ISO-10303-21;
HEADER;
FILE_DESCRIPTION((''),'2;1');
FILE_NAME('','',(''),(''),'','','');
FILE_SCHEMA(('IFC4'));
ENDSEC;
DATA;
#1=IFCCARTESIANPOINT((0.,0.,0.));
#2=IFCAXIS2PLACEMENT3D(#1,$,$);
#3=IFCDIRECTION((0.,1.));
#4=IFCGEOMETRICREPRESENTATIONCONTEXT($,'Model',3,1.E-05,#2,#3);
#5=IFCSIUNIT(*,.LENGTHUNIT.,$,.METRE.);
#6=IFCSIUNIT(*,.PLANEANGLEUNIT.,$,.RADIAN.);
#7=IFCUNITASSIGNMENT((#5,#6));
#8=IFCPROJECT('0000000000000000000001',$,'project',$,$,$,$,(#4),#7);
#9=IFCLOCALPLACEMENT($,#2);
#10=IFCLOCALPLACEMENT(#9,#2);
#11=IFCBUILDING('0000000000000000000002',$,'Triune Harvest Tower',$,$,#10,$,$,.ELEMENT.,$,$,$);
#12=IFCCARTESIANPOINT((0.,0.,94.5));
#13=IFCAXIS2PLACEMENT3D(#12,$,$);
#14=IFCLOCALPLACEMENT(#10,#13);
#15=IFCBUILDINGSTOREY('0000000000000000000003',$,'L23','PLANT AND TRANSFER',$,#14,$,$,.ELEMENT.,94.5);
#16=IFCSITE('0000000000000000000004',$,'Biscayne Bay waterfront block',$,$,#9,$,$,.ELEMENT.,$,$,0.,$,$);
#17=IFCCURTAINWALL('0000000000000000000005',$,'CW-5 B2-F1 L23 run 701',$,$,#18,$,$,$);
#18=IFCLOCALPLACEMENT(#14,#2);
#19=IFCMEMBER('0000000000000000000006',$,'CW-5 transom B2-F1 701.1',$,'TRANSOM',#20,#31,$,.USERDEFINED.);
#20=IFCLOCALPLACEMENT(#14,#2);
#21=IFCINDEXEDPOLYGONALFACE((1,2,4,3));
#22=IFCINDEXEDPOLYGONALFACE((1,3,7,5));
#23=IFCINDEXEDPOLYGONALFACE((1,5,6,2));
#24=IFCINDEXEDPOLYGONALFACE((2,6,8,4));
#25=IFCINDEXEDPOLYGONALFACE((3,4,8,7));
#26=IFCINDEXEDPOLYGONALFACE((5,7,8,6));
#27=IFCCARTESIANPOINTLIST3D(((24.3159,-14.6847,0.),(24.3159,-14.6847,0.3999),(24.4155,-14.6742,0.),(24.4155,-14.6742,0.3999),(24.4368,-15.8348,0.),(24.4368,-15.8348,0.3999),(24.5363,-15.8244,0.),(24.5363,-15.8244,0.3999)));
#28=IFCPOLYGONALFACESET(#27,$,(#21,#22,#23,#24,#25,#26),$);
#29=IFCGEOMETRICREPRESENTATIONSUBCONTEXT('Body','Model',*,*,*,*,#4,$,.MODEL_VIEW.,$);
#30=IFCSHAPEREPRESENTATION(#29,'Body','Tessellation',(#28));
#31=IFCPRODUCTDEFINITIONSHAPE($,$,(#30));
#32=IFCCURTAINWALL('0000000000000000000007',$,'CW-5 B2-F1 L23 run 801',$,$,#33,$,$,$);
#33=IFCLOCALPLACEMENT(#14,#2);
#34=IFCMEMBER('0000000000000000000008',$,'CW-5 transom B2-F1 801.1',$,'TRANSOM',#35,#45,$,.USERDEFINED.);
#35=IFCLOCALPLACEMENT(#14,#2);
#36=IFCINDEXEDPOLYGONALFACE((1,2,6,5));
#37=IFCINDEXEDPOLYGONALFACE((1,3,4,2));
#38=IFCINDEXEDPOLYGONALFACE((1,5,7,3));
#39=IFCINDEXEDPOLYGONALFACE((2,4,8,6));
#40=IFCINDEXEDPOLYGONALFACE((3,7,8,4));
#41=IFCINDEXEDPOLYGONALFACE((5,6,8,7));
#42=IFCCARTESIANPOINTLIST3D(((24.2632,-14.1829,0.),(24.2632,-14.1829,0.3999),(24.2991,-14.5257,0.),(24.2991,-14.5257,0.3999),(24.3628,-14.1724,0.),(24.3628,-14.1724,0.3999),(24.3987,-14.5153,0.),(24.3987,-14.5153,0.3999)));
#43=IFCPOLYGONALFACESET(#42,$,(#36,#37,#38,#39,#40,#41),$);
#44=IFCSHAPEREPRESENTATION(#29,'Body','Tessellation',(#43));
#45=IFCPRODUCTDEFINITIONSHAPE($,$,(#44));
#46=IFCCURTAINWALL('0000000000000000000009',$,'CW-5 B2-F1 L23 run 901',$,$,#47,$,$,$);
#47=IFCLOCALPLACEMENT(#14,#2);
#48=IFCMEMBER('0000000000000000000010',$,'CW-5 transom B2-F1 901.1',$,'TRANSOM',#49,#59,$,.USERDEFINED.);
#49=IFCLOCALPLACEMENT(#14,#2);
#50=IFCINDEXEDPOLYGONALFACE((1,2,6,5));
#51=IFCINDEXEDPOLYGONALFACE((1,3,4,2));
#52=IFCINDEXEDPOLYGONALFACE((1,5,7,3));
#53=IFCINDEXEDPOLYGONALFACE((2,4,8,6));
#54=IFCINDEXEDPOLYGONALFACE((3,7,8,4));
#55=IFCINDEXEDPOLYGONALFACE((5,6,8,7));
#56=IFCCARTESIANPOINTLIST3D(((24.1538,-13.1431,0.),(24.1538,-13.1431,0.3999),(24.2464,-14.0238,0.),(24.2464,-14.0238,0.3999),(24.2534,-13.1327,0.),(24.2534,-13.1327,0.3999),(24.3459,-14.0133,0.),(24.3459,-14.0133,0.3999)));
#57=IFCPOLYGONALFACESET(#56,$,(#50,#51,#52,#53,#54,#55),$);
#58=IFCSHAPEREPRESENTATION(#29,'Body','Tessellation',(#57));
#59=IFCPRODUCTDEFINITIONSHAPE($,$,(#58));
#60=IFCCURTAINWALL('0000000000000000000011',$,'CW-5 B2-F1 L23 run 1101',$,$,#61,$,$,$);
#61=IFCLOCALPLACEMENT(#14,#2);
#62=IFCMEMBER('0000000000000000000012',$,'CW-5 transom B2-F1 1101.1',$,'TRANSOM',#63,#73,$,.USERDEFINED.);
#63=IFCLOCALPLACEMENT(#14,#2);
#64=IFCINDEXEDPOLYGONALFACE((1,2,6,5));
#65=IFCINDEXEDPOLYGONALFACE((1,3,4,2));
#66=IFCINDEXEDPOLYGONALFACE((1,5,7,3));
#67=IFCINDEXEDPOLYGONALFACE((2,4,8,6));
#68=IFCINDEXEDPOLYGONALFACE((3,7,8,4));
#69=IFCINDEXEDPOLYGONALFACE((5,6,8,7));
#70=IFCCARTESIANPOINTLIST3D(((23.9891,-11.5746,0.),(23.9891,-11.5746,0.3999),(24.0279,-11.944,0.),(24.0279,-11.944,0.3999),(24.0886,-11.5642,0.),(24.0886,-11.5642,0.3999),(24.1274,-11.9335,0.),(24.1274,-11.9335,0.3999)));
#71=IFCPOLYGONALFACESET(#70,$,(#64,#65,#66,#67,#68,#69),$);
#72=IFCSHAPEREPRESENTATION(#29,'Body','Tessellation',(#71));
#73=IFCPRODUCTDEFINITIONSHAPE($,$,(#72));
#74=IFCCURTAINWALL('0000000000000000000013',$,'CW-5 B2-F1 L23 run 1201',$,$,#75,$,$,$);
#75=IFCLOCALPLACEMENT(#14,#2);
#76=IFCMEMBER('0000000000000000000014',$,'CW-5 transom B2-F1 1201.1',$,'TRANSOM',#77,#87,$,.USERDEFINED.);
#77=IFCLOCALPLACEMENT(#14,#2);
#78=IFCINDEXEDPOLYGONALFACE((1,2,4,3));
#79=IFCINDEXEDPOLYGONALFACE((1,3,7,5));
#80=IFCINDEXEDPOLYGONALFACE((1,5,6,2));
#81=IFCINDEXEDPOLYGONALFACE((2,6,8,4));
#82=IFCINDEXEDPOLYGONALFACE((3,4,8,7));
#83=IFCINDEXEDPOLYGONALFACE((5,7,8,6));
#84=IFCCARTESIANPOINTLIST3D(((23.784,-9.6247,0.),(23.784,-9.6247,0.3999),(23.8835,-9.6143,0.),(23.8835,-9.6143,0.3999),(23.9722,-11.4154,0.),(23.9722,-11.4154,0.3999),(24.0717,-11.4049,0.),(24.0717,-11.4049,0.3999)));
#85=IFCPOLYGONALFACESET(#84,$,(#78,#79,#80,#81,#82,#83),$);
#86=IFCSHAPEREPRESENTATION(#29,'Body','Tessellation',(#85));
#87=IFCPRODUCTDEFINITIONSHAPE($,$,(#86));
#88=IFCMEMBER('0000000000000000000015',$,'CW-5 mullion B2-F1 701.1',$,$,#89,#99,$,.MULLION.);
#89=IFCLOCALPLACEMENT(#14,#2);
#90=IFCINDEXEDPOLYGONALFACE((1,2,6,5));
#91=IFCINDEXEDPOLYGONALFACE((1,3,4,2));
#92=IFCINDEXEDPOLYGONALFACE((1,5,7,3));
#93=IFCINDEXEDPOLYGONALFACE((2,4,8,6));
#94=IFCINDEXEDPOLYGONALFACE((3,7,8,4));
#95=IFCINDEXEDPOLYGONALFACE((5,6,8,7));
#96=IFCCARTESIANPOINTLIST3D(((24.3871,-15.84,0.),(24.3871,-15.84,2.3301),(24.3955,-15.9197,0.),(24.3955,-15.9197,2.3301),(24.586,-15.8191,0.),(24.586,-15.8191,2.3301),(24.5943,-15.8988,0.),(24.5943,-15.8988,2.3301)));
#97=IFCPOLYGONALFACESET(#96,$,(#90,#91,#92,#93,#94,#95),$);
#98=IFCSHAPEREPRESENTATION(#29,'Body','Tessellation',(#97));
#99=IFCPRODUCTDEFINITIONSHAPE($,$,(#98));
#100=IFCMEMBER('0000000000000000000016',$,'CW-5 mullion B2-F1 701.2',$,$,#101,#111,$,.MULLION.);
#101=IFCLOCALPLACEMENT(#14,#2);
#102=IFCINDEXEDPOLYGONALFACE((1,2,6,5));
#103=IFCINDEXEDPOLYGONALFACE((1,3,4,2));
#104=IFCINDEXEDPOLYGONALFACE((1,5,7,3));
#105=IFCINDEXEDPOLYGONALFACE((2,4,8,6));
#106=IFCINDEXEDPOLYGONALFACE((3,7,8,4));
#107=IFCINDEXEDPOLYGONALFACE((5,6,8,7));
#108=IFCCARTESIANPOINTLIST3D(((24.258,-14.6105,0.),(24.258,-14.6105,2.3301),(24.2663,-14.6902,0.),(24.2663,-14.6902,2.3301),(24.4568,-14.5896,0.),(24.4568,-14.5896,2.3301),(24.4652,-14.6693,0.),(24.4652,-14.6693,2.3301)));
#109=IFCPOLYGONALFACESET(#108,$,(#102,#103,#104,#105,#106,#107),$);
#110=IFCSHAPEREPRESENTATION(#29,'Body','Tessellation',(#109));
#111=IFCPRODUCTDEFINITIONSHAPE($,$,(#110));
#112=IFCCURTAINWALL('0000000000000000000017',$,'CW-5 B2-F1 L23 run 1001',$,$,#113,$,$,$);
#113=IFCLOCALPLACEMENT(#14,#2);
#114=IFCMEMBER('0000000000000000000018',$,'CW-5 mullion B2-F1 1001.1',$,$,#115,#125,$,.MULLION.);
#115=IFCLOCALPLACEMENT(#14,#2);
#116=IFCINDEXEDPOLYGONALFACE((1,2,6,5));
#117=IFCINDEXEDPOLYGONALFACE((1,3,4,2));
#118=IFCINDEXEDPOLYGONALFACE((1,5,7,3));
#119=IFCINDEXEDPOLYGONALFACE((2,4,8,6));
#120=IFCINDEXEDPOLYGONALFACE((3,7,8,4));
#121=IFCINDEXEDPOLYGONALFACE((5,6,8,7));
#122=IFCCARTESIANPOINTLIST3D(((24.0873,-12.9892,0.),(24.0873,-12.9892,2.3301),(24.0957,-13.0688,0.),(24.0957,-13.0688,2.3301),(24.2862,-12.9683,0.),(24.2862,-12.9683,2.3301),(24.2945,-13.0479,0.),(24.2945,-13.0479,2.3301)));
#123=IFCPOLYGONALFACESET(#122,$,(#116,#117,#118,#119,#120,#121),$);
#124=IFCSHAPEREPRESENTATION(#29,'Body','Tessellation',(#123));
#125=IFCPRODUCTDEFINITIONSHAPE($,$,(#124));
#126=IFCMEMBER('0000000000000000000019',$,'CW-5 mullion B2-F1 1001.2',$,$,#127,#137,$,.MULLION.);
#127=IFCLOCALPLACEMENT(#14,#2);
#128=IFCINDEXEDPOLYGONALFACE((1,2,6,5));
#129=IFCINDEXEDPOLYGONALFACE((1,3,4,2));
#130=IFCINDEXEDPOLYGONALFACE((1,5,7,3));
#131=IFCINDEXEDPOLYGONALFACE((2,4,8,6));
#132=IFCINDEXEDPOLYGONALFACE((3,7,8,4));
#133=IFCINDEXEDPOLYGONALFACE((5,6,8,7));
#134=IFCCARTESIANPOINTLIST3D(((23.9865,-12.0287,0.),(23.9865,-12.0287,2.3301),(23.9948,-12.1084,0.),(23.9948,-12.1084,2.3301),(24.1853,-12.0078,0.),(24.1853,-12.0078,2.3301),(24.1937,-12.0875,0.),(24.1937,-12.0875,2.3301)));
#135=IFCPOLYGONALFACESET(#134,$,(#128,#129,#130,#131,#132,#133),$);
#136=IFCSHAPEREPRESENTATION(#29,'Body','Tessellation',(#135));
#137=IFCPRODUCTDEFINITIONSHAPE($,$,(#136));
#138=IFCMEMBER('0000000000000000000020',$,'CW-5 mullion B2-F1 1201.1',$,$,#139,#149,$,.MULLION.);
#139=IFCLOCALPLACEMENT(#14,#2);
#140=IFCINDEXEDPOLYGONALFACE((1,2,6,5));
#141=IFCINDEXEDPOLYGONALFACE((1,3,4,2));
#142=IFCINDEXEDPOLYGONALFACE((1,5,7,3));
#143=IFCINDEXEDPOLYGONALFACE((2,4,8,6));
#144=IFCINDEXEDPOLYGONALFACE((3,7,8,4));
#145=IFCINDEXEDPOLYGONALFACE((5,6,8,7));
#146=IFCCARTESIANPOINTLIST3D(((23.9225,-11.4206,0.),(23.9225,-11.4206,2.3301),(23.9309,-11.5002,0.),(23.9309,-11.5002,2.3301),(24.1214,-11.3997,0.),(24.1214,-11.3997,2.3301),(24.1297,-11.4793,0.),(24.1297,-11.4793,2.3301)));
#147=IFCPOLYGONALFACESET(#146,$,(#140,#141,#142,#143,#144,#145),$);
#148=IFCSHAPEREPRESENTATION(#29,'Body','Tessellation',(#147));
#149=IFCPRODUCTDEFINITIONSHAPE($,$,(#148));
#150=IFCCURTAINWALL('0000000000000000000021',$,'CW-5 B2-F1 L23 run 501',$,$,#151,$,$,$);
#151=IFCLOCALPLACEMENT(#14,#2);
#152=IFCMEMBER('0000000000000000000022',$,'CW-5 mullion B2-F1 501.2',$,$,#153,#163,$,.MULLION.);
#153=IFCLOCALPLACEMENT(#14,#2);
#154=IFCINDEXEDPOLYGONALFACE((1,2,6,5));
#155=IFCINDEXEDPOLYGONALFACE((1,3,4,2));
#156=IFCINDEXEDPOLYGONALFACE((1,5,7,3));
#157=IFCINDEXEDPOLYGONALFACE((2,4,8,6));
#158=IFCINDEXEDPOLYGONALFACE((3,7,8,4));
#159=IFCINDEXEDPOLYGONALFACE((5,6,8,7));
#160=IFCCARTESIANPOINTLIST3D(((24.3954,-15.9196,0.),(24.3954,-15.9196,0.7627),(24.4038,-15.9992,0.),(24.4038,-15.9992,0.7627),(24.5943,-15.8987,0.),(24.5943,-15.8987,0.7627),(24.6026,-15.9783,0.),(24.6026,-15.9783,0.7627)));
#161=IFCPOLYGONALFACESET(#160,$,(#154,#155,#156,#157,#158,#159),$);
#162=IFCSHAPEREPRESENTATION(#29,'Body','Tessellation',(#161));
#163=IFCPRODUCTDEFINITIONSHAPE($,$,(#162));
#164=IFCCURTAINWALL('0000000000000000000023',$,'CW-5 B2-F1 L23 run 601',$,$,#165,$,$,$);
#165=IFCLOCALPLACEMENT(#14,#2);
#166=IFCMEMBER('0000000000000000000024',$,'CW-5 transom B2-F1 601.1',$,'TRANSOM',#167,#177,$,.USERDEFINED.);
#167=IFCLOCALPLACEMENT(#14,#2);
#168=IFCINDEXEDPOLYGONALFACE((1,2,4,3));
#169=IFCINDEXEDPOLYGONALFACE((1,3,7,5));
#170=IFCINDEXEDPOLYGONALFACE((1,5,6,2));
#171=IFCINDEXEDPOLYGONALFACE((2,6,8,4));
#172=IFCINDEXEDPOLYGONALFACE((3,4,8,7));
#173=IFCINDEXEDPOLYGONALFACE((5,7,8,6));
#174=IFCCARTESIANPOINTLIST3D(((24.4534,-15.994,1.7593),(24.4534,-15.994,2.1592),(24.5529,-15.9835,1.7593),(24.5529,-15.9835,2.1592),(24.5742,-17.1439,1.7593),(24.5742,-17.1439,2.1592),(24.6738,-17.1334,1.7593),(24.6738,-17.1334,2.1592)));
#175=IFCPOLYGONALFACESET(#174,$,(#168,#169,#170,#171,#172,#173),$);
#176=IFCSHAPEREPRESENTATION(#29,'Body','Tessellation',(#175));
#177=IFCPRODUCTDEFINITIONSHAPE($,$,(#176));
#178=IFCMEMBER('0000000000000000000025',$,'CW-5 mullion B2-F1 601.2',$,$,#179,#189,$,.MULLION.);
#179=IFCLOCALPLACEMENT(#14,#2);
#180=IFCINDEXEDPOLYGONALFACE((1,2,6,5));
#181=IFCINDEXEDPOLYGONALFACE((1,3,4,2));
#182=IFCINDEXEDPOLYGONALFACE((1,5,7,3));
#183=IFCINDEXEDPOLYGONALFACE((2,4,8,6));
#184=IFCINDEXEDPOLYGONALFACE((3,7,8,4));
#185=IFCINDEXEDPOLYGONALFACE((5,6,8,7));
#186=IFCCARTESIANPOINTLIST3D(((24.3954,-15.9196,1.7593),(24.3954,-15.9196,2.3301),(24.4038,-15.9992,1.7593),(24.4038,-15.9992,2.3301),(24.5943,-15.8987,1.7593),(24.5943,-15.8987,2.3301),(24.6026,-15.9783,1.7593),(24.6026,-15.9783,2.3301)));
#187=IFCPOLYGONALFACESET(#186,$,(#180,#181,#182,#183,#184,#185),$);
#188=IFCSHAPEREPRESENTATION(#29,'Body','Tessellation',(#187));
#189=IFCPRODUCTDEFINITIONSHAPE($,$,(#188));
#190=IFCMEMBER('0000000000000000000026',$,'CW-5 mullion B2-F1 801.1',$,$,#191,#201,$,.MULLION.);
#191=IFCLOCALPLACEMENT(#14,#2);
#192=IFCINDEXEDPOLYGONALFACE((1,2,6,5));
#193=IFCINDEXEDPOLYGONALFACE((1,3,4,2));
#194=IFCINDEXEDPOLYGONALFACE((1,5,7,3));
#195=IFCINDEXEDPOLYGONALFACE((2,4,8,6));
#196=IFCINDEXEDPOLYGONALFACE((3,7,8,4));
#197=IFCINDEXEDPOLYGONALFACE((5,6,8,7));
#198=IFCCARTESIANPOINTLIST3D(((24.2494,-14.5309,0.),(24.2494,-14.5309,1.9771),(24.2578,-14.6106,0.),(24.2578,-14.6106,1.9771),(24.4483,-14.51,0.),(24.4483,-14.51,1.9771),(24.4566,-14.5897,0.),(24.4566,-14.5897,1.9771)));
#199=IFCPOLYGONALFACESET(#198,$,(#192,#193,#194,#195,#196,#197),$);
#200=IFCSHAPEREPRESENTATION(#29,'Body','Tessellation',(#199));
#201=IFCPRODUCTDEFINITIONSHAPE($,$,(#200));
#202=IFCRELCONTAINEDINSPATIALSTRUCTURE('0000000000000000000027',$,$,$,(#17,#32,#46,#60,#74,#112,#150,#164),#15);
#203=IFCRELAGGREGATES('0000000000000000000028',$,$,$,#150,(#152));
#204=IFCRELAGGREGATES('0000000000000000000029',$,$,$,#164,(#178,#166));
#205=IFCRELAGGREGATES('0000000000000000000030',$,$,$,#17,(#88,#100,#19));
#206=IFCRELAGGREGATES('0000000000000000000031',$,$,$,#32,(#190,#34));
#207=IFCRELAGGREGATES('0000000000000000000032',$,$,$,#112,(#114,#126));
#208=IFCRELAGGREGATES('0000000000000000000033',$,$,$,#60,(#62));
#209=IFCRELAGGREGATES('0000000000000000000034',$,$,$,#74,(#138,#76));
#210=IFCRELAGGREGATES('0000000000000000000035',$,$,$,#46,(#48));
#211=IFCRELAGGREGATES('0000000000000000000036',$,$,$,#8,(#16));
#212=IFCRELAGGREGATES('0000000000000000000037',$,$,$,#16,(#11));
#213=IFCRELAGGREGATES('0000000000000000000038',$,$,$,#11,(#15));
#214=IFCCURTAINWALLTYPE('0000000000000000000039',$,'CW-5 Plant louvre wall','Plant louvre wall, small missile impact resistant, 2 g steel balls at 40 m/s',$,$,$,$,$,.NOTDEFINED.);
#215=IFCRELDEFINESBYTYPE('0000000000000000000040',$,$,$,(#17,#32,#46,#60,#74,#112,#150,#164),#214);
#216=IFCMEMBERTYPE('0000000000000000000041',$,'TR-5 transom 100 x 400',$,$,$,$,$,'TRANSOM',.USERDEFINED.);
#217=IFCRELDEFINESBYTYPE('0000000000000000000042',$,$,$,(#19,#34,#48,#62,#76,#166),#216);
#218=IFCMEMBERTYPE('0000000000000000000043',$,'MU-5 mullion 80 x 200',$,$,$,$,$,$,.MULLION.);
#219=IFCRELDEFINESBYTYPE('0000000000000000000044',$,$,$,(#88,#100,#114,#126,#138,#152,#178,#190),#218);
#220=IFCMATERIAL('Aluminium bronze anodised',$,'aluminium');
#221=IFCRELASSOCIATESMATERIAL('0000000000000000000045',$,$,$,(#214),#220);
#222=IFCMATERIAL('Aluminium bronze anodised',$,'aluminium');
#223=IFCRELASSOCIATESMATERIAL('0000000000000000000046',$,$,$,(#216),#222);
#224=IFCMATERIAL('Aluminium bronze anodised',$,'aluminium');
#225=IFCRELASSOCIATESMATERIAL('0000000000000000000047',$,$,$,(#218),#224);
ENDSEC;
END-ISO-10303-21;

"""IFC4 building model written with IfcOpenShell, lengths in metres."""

from ifc_helpers import new_model, si_unit, direction, frame, origin, origin_2d, place, context, subcontext, project, spatial, rectangle, extrude, source, transform, mapped, material, material_profile, profile_set, type_object, element, aggregate, save


model = new_model("IFC4")

# Units and contexts
model_context = context("Model", 3, precision=1e-05, world=origin(), true_north=direction((0.0, 1.0)))
body_context = subcontext(model_context, "Body", "Model", "MODEL_VIEW")
ifc_project = project(units=[si_unit("LENGTHUNIT", "METRE"), si_unit("PLANEANGLEUNIT", "RADIAN")], contexts=[model_context])

# Site, building, storey
site_placement = place(None, origin())
site = spatial("IfcSite", under=ifc_project, at=site_placement, Name="Biscayne Bay waterfront block", CompositionType="ELEMENT", RefElevation=0.0)
building_placement = place(site_placement, origin())
building = spatial("IfcBuilding", under=site, at=building_placement, Name="Triune Harvest Tower", CompositionType="ELEMENT")
storey_placement = place(building_placement, frame((0.0, 0.0, 94.5)))
storey = spatial("IfcBuildingStorey", under=building, at=storey_placement, Name="L23", Description="PLANT AND TRANSFER", CompositionType="ELEMENT", Elevation=94.5)

# Curtain walls, members
ifc_material_1 = material(Name="Aluminium bronze anodised", Category="aluminium")
curtain_wall_type = type_object("IfcCurtainWallType", Name="CW-5 Plant louvre wall", Description="Plant louvre wall, small missile impact resistant, 2 g steel balls at 40 m/s", PredefinedType="NOTDEFINED", material=ifc_material_1)
curtain_wall_1_placement = place(storey_placement, origin())
curtain_wall_1 = element("IfcCurtainWall", 1, at=curtain_wall_1_placement, inside=storey, type_object=curtain_wall_type, Name="CW-5 B2-F1 L23 run 701")
ifc_material_2 = material(Name="Aluminium bronze anodised", Category="aluminium")
ifc_material_profile_1 = material_profile(ifc_material_2, rectangle(XDim=0.1001, YDim=0.3999, at=origin_2d()), Name="TR-5 transom 100 x 400")
ifc_profile_set_1 = profile_set([ifc_material_profile_1], Name="Aluminium bronze anodised")
member_type_1 = type_object("IfcMemberType", Name="TR-5 transom 100 x 400", ElementType="TRANSOM", PredefinedType="USERDEFINED", material=ifc_profile_set_1)
member_1_placement = place(storey_placement, frame((24.4866, -15.8296, 0.2), z_axis=(-0.104498, 0.994525, 0.0), x_axis=(-0.994525, -0.104498, 0.0)))
member_1 = element("IfcMember", 2, at=member_1_placement, type_object=member_type_1, Name="CW-5 transom B2-F1 701.1", ObjectType="TRANSOM", PredefinedType="USERDEFINED", context=body_context, shape_type="SweptSolid", body=[
    extrude(rectangle(XDim=0.1001, YDim=0.3999, at=origin_2d()), origin(), (0.0, 0.0, 1.0), 1.1565),
])
curtain_wall_2_placement = place(storey_placement, origin())
curtain_wall_2 = element("IfcCurtainWall", 3, at=curtain_wall_2_placement, inside=storey, type_object=curtain_wall_type, Name="CW-5 B2-F1 L23 run 801")
member_2_placement = place(storey_placement, frame((24.3489, -14.5205, 0.2), z_axis=(-0.104132, 0.994564, 0.0), x_axis=(-0.994564, -0.104132, 0.0)))
member_2 = element("IfcMember", 4, at=member_2_placement, type_object=member_type_1, Name="CW-5 transom B2-F1 801.1", ObjectType="TRANSOM", PredefinedType="USERDEFINED", context=body_context, shape_type="SweptSolid", body=[
    extrude(rectangle(XDim=0.1001, YDim=0.3999, at=origin_2d()), origin(), (0.0, 0.0, 1.0), 0.3447),
])
curtain_wall_3_placement = place(storey_placement, origin())
curtain_wall_3 = element("IfcCurtainWall", 5, at=curtain_wall_3_placement, inside=storey, type_object=curtain_wall_type, Name="CW-5 B2-F1 L23 run 901")
member_3_placement = place(storey_placement, frame((24.2961, -14.0186, 0.2), z_axis=(-0.104498, 0.994525, 0.0), x_axis=(-0.994525, -0.104498, 0.0)))
member_3 = element("IfcMember", 6, at=member_3_placement, type_object=member_type_1, Name="CW-5 transom B2-F1 901.1", ObjectType="TRANSOM", PredefinedType="USERDEFINED", context=body_context, shape_type="SweptSolid", body=[
    extrude(rectangle(XDim=0.1001, YDim=0.3999, at=origin_2d()), origin(), (0.0, 0.0, 1.0), 0.8855),
])
curtain_wall_4_placement = place(storey_placement, origin())
curtain_wall_4 = element("IfcCurtainWall", 7, at=curtain_wall_4_placement, inside=storey, type_object=curtain_wall_type, Name="CW-5 B2-F1 L23 run 1101")
member_4_placement = place(storey_placement, frame((24.0776, -11.9387, 0.2), z_axis=(-0.104514, 0.994523, 0.0), x_axis=(-0.994523, -0.104514, 0.0)))
member_4 = element("IfcMember", 8, at=member_4_placement, type_object=member_type_1, Name="CW-5 transom B2-F1 1101.1", ObjectType="TRANSOM", PredefinedType="USERDEFINED", context=body_context, shape_type="SweptSolid", body=[
    extrude(rectangle(XDim=0.1001, YDim=0.3999, at=origin_2d()), origin(), (0.0, 0.0, 1.0), 0.3713),
])
curtain_wall_5_placement = place(storey_placement, origin())
curtain_wall_5 = element("IfcCurtainWall", 9, at=curtain_wall_5_placement, inside=storey, type_object=curtain_wall_type, Name="CW-5 B2-F1 L23 run 1201")
member_5_placement = place(storey_placement, frame((24.022, -11.4102, 0.2), z_axis=(-0.104537, 0.994521, 0.0), x_axis=(-0.994521, -0.104537, 0.0)))
member_5 = element("IfcMember", 10, at=member_5_placement, type_object=member_type_1, Name="CW-5 transom B2-F1 1201.1", ObjectType="TRANSOM", PredefinedType="USERDEFINED", context=body_context, shape_type="SweptSolid", body=[
    extrude(rectangle(XDim=0.1001, YDim=0.3999, at=origin_2d()), origin(), (0.0, 0.0, 1.0), 1.8005),
])

# Members
ifc_material_3 = material(Name="Aluminium bronze anodised", Category="aluminium")
ifc_material_profile_2 = material_profile(ifc_material_3, rectangle(XDim=0.2, YDim=0.0801, at=origin_2d()), Name="MU-5 mullion 80 x 200")
ifc_profile_set_2 = profile_set([ifc_material_profile_2], Name="Aluminium bronze anodised")
member_type_2 = type_object("IfcMemberType", Name="MU-5 mullion 80 x 200", PredefinedType="MULLION", material=ifc_profile_set_2)
shared_shape_1 = source(origin(), body_context, "Body", "SweptSolid", [
    extrude(rectangle(XDim=0.2, YDim=0.0801, at=origin_2d()), origin(), (0.0, 0.0, 1.0), 2.3301),
])
member_6_placement = place(storey_placement, frame((24.4907, -15.8694, 0.0), z_axis=(0.0, 0.0, 1.0), x_axis=(-0.994522, -0.104527, 0.0)))
member_6 = element("IfcMember", 11, at=member_6_placement, type_object=member_type_2, Name="CW-5 mullion B2-F1 701.1", PredefinedType="MULLION", context=body_context, shape_type="MappedRepresentation", body=[
    mapped(shared_shape_1, transform((0.0, 0.0, 0.0), scale=1.0)),
])
member_7_placement = place(storey_placement, frame((24.3616, -14.6399, 0.0), z_axis=(0.0, 0.0, 1.0), x_axis=(-0.994522, -0.104527, 0.0)))
member_7 = element("IfcMember", 12, at=member_7_placement, type_object=member_type_2, Name="CW-5 mullion B2-F1 701.2", PredefinedType="MULLION", context=body_context, shape_type="MappedRepresentation", body=[
    mapped(shared_shape_1, transform((0.0, 0.0, 0.0), scale=1.0)),
])

# Curtain wall, members
curtain_wall_6_placement = place(storey_placement, origin())
curtain_wall_6 = element("IfcCurtainWall", 13, at=curtain_wall_6_placement, inside=storey, type_object=curtain_wall_type, Name="CW-5 B2-F1 L23 run 1001")
member_8_placement = place(storey_placement, frame((24.1909, -13.0186, 0.0), z_axis=(0.0, 0.0, 1.0), x_axis=(-0.994522, -0.10453, 0.0)))
member_8 = element("IfcMember", 14, at=member_8_placement, type_object=member_type_2, Name="CW-5 mullion B2-F1 1001.1", PredefinedType="MULLION", context=body_context, shape_type="MappedRepresentation", body=[
    mapped(shared_shape_1, transform((0.0, 0.0, 0.0), scale=1.0)),
])
member_9_placement = place(storey_placement, frame((24.0901, -12.0581, 0.0), z_axis=(0.0, 0.0, 1.0), x_axis=(-0.994522, -0.10453, 0.0)))
member_9 = element("IfcMember", 15, at=member_9_placement, type_object=member_type_2, Name="CW-5 mullion B2-F1 1001.2", PredefinedType="MULLION", context=body_context, shape_type="MappedRepresentation", body=[
    mapped(shared_shape_1, transform((0.0, 0.0, 0.0), scale=1.0)),
])

# Member
member_10_placement = place(storey_placement, frame((24.0261, -11.45, 0.0), z_axis=(0.0, 0.0, 1.0), x_axis=(-0.994519, -0.104552, 0.0)))
member_10 = element("IfcMember", 16, at=member_10_placement, type_object=member_type_2, Name="CW-5 mullion B2-F1 1201.1", PredefinedType="MULLION", context=body_context, shape_type="MappedRepresentation", body=[
    mapped(shared_shape_1, transform((0.0, 0.0, 0.0), scale=1.0)),
])

# Curtain wall, member
curtain_wall_7_placement = place(storey_placement, origin())
curtain_wall_7 = element("IfcCurtainWall", 17, at=curtain_wall_7_placement, inside=storey, type_object=curtain_wall_type, Name="CW-5 B2-F1 L23 run 501")
shared_shape_2 = source(origin(), body_context, "Body", "SweptSolid", [
    extrude(rectangle(XDim=0.2, YDim=0.0801, at=origin_2d()), origin(), (0.0, 0.0, 1.0), 0.7627),
])
member_11_placement = place(storey_placement, frame((24.499, -15.949, 0.0), z_axis=(0.0, 0.0, 1.0), x_axis=(-0.994521, -0.104535, 0.0)))
member_11 = element("IfcMember", 18, at=member_11_placement, type_object=member_type_2, Name="CW-5 mullion B2-F1 501.2", PredefinedType="MULLION", context=body_context, shape_type="MappedRepresentation", body=[
    mapped(shared_shape_2, transform((0.0, 0.0, 0.0), scale=1.0)),
])

# Curtain wall, members
curtain_wall_8_placement = place(storey_placement, origin())
curtain_wall_8 = element("IfcCurtainWall", 19, at=curtain_wall_8_placement, inside=storey, type_object=curtain_wall_type, Name="CW-5 B2-F1 L23 run 601")
shared_shape_3 = source(origin(), body_context, "Body", "SweptSolid", [
    extrude(rectangle(XDim=0.1001, YDim=0.3999, at=origin_2d()), origin(), (0.0, 0.0, 1.0), 1.1562),
])
member_12_placement = place(storey_placement, frame((24.624, -17.1387, 1.9592), z_axis=(-0.10452, 0.994523, 0.0), x_axis=(-0.994523, -0.10452, 0.0)))
member_12 = element("IfcMember", 20, at=member_12_placement, type_object=member_type_1, Name="CW-5 transom B2-F1 601.1", ObjectType="TRANSOM", PredefinedType="USERDEFINED", context=body_context, shape_type="MappedRepresentation", body=[
    mapped(shared_shape_3, transform((0.0, 0.0, 0.0), scale=1.0)),
])
shared_shape_4 = source(origin(), body_context, "Body", "SweptSolid", [
    extrude(rectangle(XDim=0.2, YDim=0.0801, at=origin_2d()), origin(), (0.0, 0.0, 1.0), 0.5708),
])
member_13_placement = place(storey_placement, frame((24.499, -15.949, 1.7593), z_axis=(0.0, 0.0, 1.0), x_axis=(-0.994521, -0.104535, 0.0)))
member_13 = element("IfcMember", 21, at=member_13_placement, type_object=member_type_2, Name="CW-5 mullion B2-F1 601.2", PredefinedType="MULLION", context=body_context, shape_type="MappedRepresentation", body=[
    mapped(shared_shape_4, transform((0.0, 0.0, 0.0), scale=1.0)),
])

# Member
shared_shape_5 = source(origin(), body_context, "Body", "SweptSolid", [
    extrude(rectangle(XDim=0.2, YDim=0.0801, at=origin_2d()), origin(), (0.0, 0.0, 1.0), 1.9771),
])
member_14_placement = place(storey_placement, frame((24.353, -14.5603, 0.0), z_axis=(0.0, 0.0, 1.0), x_axis=(-0.99451, -0.104644, 0.0)))
member_14 = element("IfcMember", 22, at=member_14_placement, type_object=member_type_2, Name="CW-5 mullion B2-F1 801.1", PredefinedType="MULLION", context=body_context, shape_type="MappedRepresentation", body=[
    mapped(shared_shape_5, transform((0.0, 0.0, 0.0), scale=1.0)),
])

aggregate(curtain_wall_7, [member_11])
aggregate(curtain_wall_8, [member_13, member_12])
aggregate(curtain_wall_1, [member_6, member_7, member_1])
aggregate(curtain_wall_2, [member_14, member_2])
aggregate(curtain_wall_6, [member_8, member_9])
aggregate(curtain_wall_4, [member_4])
aggregate(curtain_wall_5, [member_10, member_5])
aggregate(curtain_wall_3, [member_3])

save(model, "model.ifc")
